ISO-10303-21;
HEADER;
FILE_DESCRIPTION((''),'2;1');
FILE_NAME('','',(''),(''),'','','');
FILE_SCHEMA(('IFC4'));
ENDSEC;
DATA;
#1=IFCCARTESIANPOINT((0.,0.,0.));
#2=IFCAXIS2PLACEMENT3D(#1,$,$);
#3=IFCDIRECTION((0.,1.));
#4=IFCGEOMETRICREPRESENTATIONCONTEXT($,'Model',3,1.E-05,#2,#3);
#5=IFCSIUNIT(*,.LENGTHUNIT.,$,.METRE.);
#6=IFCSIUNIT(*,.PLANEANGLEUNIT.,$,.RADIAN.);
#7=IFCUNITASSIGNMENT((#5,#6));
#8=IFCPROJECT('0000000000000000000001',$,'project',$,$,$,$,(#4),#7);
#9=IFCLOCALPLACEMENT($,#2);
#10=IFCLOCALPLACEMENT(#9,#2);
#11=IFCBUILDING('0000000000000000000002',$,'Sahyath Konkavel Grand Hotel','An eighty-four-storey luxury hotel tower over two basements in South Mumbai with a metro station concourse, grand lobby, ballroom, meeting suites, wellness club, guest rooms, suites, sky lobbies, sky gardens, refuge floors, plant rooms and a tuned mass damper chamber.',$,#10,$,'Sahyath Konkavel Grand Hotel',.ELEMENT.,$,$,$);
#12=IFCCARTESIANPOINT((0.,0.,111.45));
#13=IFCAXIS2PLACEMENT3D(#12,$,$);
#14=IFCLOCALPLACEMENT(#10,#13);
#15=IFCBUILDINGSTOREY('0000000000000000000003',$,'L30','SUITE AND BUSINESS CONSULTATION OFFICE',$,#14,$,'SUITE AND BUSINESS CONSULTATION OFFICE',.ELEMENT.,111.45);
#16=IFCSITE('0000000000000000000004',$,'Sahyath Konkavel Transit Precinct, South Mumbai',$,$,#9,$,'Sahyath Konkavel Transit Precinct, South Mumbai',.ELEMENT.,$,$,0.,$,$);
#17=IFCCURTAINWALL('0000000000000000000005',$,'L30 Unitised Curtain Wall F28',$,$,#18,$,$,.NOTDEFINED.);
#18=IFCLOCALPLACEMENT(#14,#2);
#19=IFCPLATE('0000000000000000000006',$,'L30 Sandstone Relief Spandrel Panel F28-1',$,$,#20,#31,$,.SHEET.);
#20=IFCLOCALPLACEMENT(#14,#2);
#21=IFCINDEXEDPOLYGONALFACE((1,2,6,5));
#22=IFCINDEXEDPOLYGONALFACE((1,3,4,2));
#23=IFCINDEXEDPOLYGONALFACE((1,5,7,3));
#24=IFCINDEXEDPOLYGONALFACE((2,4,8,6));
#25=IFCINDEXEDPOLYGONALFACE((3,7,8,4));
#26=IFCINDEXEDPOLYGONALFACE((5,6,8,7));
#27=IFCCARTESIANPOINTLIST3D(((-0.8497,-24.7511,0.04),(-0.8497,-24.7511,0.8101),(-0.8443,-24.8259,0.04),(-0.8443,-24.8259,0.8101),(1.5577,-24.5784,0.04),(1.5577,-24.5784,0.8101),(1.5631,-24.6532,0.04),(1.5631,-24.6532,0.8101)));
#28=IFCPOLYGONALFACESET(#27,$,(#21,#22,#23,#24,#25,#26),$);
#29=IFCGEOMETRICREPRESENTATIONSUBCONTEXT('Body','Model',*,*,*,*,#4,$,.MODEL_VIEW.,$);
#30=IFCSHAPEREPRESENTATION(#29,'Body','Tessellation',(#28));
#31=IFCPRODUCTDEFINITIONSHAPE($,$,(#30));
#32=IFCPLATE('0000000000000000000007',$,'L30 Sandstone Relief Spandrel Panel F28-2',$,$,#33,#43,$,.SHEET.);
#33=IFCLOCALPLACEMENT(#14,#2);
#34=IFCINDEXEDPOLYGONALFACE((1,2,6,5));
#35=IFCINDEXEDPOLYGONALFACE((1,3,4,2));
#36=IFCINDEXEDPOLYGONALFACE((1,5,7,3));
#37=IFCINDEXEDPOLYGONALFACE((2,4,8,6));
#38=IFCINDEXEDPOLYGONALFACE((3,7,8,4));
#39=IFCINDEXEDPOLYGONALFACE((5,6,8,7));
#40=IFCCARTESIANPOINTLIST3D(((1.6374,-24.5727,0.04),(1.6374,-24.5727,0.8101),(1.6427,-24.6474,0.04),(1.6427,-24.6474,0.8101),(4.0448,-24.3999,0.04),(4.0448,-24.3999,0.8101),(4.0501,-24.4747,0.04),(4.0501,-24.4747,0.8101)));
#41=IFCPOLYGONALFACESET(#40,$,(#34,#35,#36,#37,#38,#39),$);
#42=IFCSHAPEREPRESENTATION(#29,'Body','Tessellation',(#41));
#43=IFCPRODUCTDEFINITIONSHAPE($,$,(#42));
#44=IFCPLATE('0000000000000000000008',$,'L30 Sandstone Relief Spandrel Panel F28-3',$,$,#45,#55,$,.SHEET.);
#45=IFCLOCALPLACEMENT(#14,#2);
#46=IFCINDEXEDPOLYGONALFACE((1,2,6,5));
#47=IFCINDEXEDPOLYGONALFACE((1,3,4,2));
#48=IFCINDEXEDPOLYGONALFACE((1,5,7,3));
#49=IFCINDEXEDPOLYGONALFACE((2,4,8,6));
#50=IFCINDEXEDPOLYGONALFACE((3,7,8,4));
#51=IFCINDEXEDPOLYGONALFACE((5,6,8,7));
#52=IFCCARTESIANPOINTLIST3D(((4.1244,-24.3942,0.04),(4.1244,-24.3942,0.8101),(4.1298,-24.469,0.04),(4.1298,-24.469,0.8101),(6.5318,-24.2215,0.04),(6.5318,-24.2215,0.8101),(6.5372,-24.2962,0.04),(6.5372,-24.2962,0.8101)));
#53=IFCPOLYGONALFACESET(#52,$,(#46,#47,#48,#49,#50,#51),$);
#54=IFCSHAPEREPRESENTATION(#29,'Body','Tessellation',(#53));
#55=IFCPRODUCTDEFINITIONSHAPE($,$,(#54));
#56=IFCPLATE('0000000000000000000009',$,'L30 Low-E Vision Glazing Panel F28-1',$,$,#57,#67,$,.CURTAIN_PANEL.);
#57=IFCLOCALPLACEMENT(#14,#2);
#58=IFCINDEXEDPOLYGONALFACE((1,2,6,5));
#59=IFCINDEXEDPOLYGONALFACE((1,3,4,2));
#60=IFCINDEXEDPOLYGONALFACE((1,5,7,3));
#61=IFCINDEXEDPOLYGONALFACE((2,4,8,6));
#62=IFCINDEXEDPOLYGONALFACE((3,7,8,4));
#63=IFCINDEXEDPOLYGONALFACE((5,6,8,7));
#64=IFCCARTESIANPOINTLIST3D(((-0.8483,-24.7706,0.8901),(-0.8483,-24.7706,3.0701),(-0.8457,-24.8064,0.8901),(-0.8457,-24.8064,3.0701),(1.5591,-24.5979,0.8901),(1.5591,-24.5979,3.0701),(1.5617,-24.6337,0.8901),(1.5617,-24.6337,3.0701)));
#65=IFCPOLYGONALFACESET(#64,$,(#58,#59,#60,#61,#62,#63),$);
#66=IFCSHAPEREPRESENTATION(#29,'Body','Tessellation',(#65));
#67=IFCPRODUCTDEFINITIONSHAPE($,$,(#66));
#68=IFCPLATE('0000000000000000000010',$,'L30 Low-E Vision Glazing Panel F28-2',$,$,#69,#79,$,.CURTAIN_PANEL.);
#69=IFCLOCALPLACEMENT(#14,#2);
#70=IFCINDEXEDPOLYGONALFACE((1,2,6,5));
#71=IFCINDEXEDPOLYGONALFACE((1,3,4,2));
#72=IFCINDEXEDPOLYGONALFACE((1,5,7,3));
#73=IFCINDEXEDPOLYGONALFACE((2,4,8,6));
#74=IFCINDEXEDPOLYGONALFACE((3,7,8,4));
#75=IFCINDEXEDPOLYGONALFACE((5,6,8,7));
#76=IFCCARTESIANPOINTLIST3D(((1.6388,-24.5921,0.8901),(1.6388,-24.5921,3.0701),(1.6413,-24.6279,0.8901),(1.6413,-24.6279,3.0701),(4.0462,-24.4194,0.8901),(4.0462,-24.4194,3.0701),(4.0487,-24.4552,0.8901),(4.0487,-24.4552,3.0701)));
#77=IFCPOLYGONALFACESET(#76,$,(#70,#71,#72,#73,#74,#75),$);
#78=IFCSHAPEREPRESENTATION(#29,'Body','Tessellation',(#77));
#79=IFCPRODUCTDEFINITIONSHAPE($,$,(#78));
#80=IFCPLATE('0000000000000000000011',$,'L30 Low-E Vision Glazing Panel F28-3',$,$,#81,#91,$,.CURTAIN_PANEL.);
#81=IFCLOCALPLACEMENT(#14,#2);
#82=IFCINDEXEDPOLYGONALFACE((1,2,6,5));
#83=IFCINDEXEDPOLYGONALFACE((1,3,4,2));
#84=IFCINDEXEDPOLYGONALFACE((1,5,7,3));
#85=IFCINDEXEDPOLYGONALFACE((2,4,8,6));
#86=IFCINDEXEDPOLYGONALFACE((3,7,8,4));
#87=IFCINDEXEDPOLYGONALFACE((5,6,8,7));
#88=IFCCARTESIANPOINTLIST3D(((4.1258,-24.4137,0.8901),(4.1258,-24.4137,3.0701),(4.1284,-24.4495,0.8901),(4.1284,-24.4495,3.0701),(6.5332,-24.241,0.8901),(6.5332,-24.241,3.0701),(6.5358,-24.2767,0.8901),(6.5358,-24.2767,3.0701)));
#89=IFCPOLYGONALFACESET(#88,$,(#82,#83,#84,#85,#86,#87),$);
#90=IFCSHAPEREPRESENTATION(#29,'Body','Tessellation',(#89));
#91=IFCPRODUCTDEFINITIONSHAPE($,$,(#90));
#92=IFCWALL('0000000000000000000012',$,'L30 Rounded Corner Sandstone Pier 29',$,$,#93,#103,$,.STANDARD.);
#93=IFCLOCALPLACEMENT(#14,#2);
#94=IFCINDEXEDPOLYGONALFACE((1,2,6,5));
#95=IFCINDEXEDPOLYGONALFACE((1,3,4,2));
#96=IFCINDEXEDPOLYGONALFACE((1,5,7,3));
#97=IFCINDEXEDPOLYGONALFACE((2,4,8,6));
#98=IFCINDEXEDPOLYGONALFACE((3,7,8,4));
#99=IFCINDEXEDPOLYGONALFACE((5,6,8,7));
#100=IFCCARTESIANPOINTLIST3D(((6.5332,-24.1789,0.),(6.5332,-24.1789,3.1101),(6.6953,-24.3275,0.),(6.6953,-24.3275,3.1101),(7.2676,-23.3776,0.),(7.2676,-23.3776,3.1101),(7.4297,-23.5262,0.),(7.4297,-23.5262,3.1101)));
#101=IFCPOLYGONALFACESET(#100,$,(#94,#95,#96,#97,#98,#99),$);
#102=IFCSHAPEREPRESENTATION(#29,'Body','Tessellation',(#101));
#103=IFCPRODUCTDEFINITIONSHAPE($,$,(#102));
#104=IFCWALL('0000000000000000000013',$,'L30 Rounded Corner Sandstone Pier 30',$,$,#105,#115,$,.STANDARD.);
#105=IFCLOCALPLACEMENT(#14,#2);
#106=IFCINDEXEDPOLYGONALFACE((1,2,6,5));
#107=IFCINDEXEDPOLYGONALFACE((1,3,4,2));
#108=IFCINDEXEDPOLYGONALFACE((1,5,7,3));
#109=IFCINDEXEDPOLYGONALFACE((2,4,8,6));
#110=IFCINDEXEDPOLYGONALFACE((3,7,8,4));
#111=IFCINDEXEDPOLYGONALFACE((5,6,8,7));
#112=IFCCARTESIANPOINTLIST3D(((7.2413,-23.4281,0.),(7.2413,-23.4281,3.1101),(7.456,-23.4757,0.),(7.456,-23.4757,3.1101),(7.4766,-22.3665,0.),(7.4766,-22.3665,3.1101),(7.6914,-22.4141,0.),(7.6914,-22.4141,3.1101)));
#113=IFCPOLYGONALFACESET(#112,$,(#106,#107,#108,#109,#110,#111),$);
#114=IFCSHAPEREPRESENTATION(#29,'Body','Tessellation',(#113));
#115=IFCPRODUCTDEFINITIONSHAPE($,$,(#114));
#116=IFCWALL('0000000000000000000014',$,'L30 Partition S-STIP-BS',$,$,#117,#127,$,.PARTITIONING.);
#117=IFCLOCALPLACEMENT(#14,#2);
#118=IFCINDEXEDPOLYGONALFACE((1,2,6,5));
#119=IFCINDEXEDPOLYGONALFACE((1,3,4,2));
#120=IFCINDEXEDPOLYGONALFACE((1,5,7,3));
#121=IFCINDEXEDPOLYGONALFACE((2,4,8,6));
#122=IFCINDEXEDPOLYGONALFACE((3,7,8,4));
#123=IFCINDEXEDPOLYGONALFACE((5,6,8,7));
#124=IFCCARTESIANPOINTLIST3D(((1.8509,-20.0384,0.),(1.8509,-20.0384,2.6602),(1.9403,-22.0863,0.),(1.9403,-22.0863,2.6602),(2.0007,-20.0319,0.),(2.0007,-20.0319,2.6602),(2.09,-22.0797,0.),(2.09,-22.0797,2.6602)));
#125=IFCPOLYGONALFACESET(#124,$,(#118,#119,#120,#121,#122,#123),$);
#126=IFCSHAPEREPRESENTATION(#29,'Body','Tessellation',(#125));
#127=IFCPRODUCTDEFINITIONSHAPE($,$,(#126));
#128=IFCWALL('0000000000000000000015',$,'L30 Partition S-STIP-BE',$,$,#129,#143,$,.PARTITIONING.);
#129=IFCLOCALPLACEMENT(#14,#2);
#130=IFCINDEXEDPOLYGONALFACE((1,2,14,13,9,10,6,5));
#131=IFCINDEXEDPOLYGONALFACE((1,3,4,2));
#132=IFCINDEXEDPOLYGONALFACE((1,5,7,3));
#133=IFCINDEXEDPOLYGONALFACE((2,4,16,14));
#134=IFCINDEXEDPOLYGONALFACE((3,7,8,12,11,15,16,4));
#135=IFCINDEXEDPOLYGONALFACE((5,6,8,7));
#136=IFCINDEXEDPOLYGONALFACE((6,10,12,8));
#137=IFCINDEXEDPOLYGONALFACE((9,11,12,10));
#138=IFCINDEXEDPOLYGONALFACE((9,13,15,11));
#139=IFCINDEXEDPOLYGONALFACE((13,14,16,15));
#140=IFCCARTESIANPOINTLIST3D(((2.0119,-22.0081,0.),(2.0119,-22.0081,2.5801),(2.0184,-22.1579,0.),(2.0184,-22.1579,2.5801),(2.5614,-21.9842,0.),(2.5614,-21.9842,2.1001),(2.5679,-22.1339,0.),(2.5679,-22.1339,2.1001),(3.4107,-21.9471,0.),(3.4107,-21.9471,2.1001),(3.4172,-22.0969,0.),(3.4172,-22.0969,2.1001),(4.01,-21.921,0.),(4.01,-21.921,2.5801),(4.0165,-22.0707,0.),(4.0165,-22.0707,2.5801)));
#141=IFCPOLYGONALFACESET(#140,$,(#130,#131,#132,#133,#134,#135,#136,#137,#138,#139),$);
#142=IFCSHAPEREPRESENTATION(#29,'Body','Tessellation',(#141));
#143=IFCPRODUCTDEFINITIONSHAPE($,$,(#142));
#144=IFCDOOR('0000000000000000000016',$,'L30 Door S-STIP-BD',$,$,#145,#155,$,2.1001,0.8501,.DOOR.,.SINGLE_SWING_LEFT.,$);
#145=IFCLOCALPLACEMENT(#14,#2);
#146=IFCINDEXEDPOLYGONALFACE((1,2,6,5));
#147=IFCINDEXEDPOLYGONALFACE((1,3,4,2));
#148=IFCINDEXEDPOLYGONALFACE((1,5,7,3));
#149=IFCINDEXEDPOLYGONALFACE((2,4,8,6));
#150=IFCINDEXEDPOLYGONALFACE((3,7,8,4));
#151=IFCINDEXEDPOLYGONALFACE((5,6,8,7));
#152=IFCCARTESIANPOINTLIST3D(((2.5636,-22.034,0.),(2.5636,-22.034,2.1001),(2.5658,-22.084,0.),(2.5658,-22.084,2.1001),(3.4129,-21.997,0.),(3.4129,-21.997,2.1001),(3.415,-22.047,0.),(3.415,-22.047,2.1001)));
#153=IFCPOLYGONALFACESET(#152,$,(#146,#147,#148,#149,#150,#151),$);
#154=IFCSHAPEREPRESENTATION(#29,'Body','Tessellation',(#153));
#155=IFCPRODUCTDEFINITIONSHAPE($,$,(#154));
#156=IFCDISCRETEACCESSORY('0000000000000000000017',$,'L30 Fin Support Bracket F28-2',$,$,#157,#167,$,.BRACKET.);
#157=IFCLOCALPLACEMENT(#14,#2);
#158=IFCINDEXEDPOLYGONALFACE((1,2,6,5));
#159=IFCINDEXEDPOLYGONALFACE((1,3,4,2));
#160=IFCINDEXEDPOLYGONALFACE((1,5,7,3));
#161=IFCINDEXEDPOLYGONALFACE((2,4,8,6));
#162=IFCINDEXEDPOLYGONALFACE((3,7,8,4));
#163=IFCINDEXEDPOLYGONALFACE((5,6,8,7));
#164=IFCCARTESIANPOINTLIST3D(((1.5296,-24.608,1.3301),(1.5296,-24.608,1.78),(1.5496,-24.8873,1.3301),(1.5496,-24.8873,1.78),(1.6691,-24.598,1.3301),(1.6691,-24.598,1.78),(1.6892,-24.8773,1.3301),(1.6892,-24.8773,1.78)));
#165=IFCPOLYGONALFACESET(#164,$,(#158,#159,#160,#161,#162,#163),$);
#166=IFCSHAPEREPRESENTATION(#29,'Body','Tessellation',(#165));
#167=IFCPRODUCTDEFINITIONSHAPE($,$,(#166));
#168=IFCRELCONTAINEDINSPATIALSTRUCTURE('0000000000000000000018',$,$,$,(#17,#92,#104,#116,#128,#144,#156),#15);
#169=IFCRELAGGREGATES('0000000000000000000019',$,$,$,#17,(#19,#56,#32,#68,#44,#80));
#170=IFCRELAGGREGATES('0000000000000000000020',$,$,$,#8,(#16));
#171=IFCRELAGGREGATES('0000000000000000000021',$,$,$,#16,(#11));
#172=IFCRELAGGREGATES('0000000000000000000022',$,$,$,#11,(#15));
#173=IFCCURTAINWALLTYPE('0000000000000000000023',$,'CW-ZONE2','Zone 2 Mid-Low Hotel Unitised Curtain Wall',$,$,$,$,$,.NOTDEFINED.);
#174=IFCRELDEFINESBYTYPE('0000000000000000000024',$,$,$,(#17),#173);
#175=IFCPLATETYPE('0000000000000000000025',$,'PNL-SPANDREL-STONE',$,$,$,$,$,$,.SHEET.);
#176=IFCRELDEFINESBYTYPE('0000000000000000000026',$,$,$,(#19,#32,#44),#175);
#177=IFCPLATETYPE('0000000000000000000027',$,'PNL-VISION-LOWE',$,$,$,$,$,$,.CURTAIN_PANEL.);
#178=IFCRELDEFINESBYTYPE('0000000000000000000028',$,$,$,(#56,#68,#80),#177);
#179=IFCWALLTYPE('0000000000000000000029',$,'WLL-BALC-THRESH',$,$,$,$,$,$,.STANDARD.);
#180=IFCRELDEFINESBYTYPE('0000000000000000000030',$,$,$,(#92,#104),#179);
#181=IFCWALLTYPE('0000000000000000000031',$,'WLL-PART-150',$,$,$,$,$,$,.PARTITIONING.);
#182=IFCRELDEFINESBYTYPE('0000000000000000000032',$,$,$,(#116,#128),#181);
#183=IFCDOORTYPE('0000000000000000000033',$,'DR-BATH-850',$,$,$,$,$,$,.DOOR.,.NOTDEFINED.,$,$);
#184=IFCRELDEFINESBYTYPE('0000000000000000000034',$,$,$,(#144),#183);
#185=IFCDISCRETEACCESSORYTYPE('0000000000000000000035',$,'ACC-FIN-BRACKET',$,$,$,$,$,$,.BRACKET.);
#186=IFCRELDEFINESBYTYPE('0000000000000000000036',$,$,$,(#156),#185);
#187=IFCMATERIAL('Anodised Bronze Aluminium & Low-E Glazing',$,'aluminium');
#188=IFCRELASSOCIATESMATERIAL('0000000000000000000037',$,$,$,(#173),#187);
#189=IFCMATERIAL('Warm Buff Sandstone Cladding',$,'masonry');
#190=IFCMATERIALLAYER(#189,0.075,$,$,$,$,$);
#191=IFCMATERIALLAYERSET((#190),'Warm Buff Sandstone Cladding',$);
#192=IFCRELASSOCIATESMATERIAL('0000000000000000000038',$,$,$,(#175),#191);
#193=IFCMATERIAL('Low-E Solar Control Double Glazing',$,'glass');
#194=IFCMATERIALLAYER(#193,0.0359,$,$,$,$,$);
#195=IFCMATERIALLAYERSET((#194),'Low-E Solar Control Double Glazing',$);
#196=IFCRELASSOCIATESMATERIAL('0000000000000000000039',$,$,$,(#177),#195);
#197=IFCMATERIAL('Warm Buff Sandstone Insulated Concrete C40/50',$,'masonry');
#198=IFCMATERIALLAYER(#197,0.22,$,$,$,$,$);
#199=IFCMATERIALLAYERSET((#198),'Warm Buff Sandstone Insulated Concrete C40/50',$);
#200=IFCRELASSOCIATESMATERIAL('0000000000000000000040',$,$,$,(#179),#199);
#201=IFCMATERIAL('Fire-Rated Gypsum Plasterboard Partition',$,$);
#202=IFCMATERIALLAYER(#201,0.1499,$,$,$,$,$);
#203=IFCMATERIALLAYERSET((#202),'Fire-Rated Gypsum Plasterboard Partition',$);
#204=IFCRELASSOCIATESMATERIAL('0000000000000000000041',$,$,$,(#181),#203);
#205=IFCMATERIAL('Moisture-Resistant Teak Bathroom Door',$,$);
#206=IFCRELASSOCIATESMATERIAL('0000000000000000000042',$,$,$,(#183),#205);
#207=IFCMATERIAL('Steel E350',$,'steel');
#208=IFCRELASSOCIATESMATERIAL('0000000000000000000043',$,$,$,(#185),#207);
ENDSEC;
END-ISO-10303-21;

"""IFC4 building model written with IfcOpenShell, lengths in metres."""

from ifc_helpers import new_model, si_unit, direction, frame, frame_2d, origin, origin_2d, place, context, subcontext, project, spatial, rectangle, extrude, source, transform, mapped, material, layer, layer_set, type_object, element, fill, aggregate, save


model = new_model("IFC4")

# Units and contexts
model_context = context("Model", 3, precision=1e-05, world=origin(), true_north=direction((0.0, 1.0)))
body_context = subcontext(model_context, "Body", "Model", "MODEL_VIEW")
ifc_project = project(units=[si_unit("LENGTHUNIT", "METRE"), si_unit("PLANEANGLEUNIT", "RADIAN")], contexts=[model_context])

# Site, building, storey
site_placement = place(None, origin())
site = spatial("IfcSite", under=ifc_project, at=site_placement, Name="Sahyath Konkavel Transit Precinct, South Mumbai", LongName="Sahyath Konkavel Transit Precinct, South Mumbai", CompositionType="ELEMENT", RefElevation=0.0)
building_placement = place(site_placement, origin())
building = spatial("IfcBuilding", under=site, at=building_placement, Name="Sahyath Konkavel Grand Hotel", Description="An eighty-four-storey luxury hotel tower over two basements in South Mumbai with a metro station concourse, grand lobby, ballroom, meeting suites, wellness club, guest rooms, suites, sky lobbies, sky gardens, refuge floors, plant rooms and a tuned mass damper chamber.", LongName="Sahyath Konkavel Grand Hotel", CompositionType="ELEMENT")
storey_placement = place(building_placement, frame((0.0, 0.0, 111.45)))
storey = spatial("IfcBuildingStorey", under=building, at=storey_placement, Name="L30", Description="SUITE AND BUSINESS CONSULTATION OFFICE", LongName="SUITE AND BUSINESS CONSULTATION OFFICE", CompositionType="ELEMENT", Elevation=111.45)

# Curtain wall
ifc_material_1 = material(Name="Anodised Bronze Aluminium & Low-E Glazing", Category="aluminium")
curtain_wall_type = type_object("IfcCurtainWallType", Name="CW-ZONE2", Description="Zone 2 Mid-Low Hotel Unitised Curtain Wall", PredefinedType="NOTDEFINED", material=ifc_material_1)
curtain_wall_1_placement = place(storey_placement, origin())
curtain_wall_1 = element("IfcCurtainWall", 1, at=curtain_wall_1_placement, inside=storey, type_object=curtain_wall_type, Name="L30 Unitised Curtain Wall F28", PredefinedType="NOTDEFINED")

# Plates
ifc_material_2 = material(Name="Warm Buff Sandstone Cladding", Category="masonry")
ifc_layer_1 = layer(ifc_material_2, 0.075)
ifc_layer_set_1 = layer_set([ifc_layer_1], Name="Warm Buff Sandstone Cladding")
plate_type_1 = type_object("IfcPlateType", Name="PNL-SPANDREL-STONE", PredefinedType="SHEET", material=ifc_layer_set_1)
shared_shape_1 = source(origin(), body_context, "Body", "SweptSolid", [
    extrude(rectangle(XDim=2.4136, YDim=0.075, at=origin_2d()), origin(), (0.0, 0.0, 1.0), 0.77),
])
plate_1_placement = place(storey_placement, frame((0.3567, -24.7021, 0.04), z_axis=(0.0, 0.0, 1.0), x_axis=(0.997436, 0.071567, 0.0)))
plate_1 = element("IfcPlate", 2, at=plate_1_placement, type_object=plate_type_1, Name="L30 Sandstone Relief Spandrel Panel F28-1", PredefinedType="SHEET", context=body_context, shape_type="MappedRepresentation", body=[
    mapped(shared_shape_1, transform((0.0, 0.0, 0.0), scale=1.0)),
])
plate_2_placement = place(storey_placement, frame((2.8438, -24.5237, 0.04), z_axis=(0.0, 0.0, 1.0), x_axis=(0.997436, 0.071567, 0.0)))
plate_2 = element("IfcPlate", 3, at=plate_2_placement, type_object=plate_type_1, Name="L30 Sandstone Relief Spandrel Panel F28-2", PredefinedType="SHEET", context=body_context, shape_type="MappedRepresentation", body=[
    mapped(shared_shape_1, transform((0.0, 0.0, 0.0), scale=1.0)),
])
plate_3_placement = place(storey_placement, frame((5.3308, -24.3452, 0.04), z_axis=(0.0, 0.0, 1.0), x_axis=(0.997436, 0.071567, 0.0)))
plate_3 = element("IfcPlate", 4, at=plate_3_placement, type_object=plate_type_1, Name="L30 Sandstone Relief Spandrel Panel F28-3", PredefinedType="SHEET", context=body_context, shape_type="MappedRepresentation", body=[
    mapped(shared_shape_1, transform((0.0, 0.0, 0.0), scale=1.0)),
])
ifc_material_3 = material(Name="Low-E Solar Control Double Glazing", Category="glass")
ifc_layer_2 = layer(ifc_material_3, 0.0359)
ifc_layer_set_2 = layer_set([ifc_layer_2], Name="Low-E Solar Control Double Glazing")
plate_type_2 = type_object("IfcPlateType", Name="PNL-VISION-LOWE", PredefinedType="CURTAIN_PANEL", material=ifc_layer_set_2)
shared_shape_2 = source(origin(), body_context, "Body", "SweptSolid", [
    extrude(rectangle(XDim=2.4136, YDim=0.0359, at=origin_2d()), origin(), (0.0, 0.0, 1.0), 2.1799),
])
plate_4_placement = place(storey_placement, frame((0.3567, -24.7021, 0.8901), z_axis=(0.0, 0.0, 1.0), x_axis=(0.997436, 0.071567, 0.0)))
plate_4 = element("IfcPlate", 5, at=plate_4_placement, type_object=plate_type_2, Name="L30 Low-E Vision Glazing Panel F28-1", PredefinedType="CURTAIN_PANEL", context=body_context, shape_type="MappedRepresentation", body=[
    mapped(shared_shape_2, transform((0.0, 0.0, 0.0), scale=1.0)),
])
plate_5_placement = place(storey_placement, frame((2.8438, -24.5237, 0.8901), z_axis=(0.0, 0.0, 1.0), x_axis=(0.997436, 0.071567, 0.0)))
plate_5 = element("IfcPlate", 6, at=plate_5_placement, type_object=plate_type_2, Name="L30 Low-E Vision Glazing Panel F28-2", PredefinedType="CURTAIN_PANEL", context=body_context, shape_type="MappedRepresentation", body=[
    mapped(shared_shape_2, transform((0.0, 0.0, 0.0), scale=1.0)),
])
plate_6_placement = place(storey_placement, frame((5.3308, -24.3452, 0.8901), z_axis=(0.0, 0.0, 1.0), x_axis=(0.997436, 0.071567, 0.0)))
plate_6 = element("IfcPlate", 7, at=plate_6_placement, type_object=plate_type_2, Name="L30 Low-E Vision Glazing Panel F28-3", PredefinedType="CURTAIN_PANEL", context=body_context, shape_type="MappedRepresentation", body=[
    mapped(shared_shape_2, transform((0.0, 0.0, 0.0), scale=1.0)),
])
aggregate(curtain_wall_1, [plate_1, plate_4, plate_2, plate_5, plate_3, plate_6])

# Walls
ifc_material_4 = material(Name="Warm Buff Sandstone Insulated Concrete C40/50", Category="masonry")
ifc_layer_3 = layer(ifc_material_4, 0.22)
ifc_layer_set_3 = layer_set([ifc_layer_3], Name="Warm Buff Sandstone Insulated Concrete C40/50")
wall_type_1 = type_object("IfcWallType", Name="WLL-BALC-THRESH", PredefinedType="STANDARD", material=ifc_layer_set_3)
wall_1_placement = place(storey_placement, frame((6.6143, -24.2532, 0.0), z_axis=(0.0, 0.0, 1.0), x_axis=(0.675664, 0.73721, 0.0)))
element("IfcWall", 8, at=wall_1_placement, inside=storey, type_object=wall_type_1, Name="L30 Rounded Corner Sandstone Pier 29", PredefinedType="STANDARD", context=body_context, shape_type="SweptSolid", body=[
    extrude(rectangle(XDim=1.0869, YDim=0.22, at=frame_2d((0.5435, 0.0))), origin(), (0.0, 0.0, 1.0), 3.1101),
])
wall_2_placement = place(storey_placement, frame((7.3486, -23.4519, 0.0), z_axis=(0.0, 0.0, 1.0), x_axis=(0.216455, 0.976293, 0.0)))
element("IfcWall", 9, at=wall_2_placement, inside=storey, type_object=wall_type_1, Name="L30 Rounded Corner Sandstone Pier 30", PredefinedType="STANDARD", context=body_context, shape_type="SweptSolid", body=[
    extrude(rectangle(XDim=1.0874, YDim=0.22, at=frame_2d((0.5437, 0.0))), origin(), (0.0, 0.0, 1.0), 3.1101),
])
ifc_material_5 = material(Name="Fire-Rated Gypsum Plasterboard Partition")
ifc_layer_4 = layer(ifc_material_5, 0.1499)
ifc_layer_set_4 = layer_set([ifc_layer_4], Name="Fire-Rated Gypsum Plasterboard Partition")
wall_type_2 = type_object("IfcWallType", Name="WLL-PART-150", PredefinedType="PARTITIONING", material=ifc_layer_set_4)
wall_3_placement = place(storey_placement, frame((1.9258, -20.0352, 0.0), z_axis=(0.0, 0.0, 1.0), x_axis=(0.043592, -0.999049, 0.0)))
element("IfcWall", 10, at=wall_3_placement, inside=storey, type_object=wall_type_2, Name="L30 Partition S-STIP-BS", PredefinedType="PARTITIONING", context=body_context, shape_type="SweptSolid", body=[
    extrude(rectangle(XDim=2.0498, YDim=0.1499, at=frame_2d((1.0249, 0.0))), origin(), (0.0, 0.0, 1.0), 2.6602),
])

# Wall, opening, door
wall_4_placement = place(storey_placement, frame((2.0151, -22.083, 0.0), z_axis=(0.0, 0.0, 1.0), x_axis=(0.99905, 0.04358, 0.0)))
wall_4 = element("IfcWall", 11, at=wall_4_placement, inside=storey, type_object=wall_type_2, Name="L30 Partition S-STIP-BE", PredefinedType="PARTITIONING", context=body_context, shape_type="SweptSolid", body=[
    extrude(rectangle(XDim=2.0, YDim=0.1499, at=frame_2d((1.0, 0.0))), origin(), (0.0, 0.0, 1.0), 2.5801),
])
opening_placement = place(wall_4_placement, frame((0.55, 0.0, 0.0)))
opening = element("IfcOpeningElement", 12, at=opening_placement, cuts=wall_4, PredefinedType="OPENING", context=body_context, shape_type="SweptSolid", body=[
    extrude(rectangle(XDim=0.8501, YDim=2.1001, at=frame_2d((0.425, 1.05))), frame((0.0, 0.085, 0.0), z_axis=(0.0, -1.0, 0.0), x_axis=(1.0, 0.0, 0.0)), (0.0, 0.0, 1.0), 0.1699),
])
ifc_material_6 = material(Name="Moisture-Resistant Teak Bathroom Door")
door_type = type_object("IfcDoorType", Name="DR-BATH-850", OperationType="NOTDEFINED", PredefinedType="DOOR", material=ifc_material_6)
shared_shape_3 = source(origin(), body_context, "Body", "SweptSolid", [
    extrude(rectangle(XDim=0.8501, YDim=0.05, at=origin_2d()), origin(), (0.0, 0.0, 1.0), 2.1001),
])
door_placement = place(opening_placement, frame((0.425, 0.0, 0.0)))
door = element("IfcDoor", 13, at=door_placement, inside=storey, type_object=door_type, Name="L30 Door S-STIP-BD", OperationType="SINGLE_SWING_LEFT", OverallHeight=2.1001, OverallWidth=0.8501, PredefinedType="DOOR", context=body_context, shape_type="MappedRepresentation", body=[
    mapped(shared_shape_3, transform((0.0, 0.0, 0.0), scale=1.0)),
])
fill(opening, door)

# Discrete accessory
ifc_material_7 = material(Name="Steel E350", Category="steel")
discrete_accessory_type = type_object("IfcDiscreteAccessoryType", Name="ACC-FIN-BRACKET", PredefinedType="BRACKET", material=ifc_material_7)
shared_shape_4 = source(origin(), body_context, "Body", "SweptSolid", [
    extrude(rectangle(XDim=0.28, YDim=0.1399, at=origin_2d()), origin(), (0.0, 0.0, 1.0), 0.45),
])
discrete_accessory_placement = place(storey_placement, frame((1.6094, -24.7427, 1.3301), z_axis=(0.0, 0.0, 1.0), x_axis=(0.071567, -0.997436, 0.0)))
element("IfcDiscreteAccessory", 14, at=discrete_accessory_placement, inside=storey, type_object=discrete_accessory_type, Name="L30 Fin Support Bracket F28-2", PredefinedType="BRACKET", context=body_context, shape_type="MappedRepresentation", body=[
    mapped(shared_shape_4, transform((0.0, 0.0, 0.0), scale=1.0)),
])

save(model, "model.ifc")
